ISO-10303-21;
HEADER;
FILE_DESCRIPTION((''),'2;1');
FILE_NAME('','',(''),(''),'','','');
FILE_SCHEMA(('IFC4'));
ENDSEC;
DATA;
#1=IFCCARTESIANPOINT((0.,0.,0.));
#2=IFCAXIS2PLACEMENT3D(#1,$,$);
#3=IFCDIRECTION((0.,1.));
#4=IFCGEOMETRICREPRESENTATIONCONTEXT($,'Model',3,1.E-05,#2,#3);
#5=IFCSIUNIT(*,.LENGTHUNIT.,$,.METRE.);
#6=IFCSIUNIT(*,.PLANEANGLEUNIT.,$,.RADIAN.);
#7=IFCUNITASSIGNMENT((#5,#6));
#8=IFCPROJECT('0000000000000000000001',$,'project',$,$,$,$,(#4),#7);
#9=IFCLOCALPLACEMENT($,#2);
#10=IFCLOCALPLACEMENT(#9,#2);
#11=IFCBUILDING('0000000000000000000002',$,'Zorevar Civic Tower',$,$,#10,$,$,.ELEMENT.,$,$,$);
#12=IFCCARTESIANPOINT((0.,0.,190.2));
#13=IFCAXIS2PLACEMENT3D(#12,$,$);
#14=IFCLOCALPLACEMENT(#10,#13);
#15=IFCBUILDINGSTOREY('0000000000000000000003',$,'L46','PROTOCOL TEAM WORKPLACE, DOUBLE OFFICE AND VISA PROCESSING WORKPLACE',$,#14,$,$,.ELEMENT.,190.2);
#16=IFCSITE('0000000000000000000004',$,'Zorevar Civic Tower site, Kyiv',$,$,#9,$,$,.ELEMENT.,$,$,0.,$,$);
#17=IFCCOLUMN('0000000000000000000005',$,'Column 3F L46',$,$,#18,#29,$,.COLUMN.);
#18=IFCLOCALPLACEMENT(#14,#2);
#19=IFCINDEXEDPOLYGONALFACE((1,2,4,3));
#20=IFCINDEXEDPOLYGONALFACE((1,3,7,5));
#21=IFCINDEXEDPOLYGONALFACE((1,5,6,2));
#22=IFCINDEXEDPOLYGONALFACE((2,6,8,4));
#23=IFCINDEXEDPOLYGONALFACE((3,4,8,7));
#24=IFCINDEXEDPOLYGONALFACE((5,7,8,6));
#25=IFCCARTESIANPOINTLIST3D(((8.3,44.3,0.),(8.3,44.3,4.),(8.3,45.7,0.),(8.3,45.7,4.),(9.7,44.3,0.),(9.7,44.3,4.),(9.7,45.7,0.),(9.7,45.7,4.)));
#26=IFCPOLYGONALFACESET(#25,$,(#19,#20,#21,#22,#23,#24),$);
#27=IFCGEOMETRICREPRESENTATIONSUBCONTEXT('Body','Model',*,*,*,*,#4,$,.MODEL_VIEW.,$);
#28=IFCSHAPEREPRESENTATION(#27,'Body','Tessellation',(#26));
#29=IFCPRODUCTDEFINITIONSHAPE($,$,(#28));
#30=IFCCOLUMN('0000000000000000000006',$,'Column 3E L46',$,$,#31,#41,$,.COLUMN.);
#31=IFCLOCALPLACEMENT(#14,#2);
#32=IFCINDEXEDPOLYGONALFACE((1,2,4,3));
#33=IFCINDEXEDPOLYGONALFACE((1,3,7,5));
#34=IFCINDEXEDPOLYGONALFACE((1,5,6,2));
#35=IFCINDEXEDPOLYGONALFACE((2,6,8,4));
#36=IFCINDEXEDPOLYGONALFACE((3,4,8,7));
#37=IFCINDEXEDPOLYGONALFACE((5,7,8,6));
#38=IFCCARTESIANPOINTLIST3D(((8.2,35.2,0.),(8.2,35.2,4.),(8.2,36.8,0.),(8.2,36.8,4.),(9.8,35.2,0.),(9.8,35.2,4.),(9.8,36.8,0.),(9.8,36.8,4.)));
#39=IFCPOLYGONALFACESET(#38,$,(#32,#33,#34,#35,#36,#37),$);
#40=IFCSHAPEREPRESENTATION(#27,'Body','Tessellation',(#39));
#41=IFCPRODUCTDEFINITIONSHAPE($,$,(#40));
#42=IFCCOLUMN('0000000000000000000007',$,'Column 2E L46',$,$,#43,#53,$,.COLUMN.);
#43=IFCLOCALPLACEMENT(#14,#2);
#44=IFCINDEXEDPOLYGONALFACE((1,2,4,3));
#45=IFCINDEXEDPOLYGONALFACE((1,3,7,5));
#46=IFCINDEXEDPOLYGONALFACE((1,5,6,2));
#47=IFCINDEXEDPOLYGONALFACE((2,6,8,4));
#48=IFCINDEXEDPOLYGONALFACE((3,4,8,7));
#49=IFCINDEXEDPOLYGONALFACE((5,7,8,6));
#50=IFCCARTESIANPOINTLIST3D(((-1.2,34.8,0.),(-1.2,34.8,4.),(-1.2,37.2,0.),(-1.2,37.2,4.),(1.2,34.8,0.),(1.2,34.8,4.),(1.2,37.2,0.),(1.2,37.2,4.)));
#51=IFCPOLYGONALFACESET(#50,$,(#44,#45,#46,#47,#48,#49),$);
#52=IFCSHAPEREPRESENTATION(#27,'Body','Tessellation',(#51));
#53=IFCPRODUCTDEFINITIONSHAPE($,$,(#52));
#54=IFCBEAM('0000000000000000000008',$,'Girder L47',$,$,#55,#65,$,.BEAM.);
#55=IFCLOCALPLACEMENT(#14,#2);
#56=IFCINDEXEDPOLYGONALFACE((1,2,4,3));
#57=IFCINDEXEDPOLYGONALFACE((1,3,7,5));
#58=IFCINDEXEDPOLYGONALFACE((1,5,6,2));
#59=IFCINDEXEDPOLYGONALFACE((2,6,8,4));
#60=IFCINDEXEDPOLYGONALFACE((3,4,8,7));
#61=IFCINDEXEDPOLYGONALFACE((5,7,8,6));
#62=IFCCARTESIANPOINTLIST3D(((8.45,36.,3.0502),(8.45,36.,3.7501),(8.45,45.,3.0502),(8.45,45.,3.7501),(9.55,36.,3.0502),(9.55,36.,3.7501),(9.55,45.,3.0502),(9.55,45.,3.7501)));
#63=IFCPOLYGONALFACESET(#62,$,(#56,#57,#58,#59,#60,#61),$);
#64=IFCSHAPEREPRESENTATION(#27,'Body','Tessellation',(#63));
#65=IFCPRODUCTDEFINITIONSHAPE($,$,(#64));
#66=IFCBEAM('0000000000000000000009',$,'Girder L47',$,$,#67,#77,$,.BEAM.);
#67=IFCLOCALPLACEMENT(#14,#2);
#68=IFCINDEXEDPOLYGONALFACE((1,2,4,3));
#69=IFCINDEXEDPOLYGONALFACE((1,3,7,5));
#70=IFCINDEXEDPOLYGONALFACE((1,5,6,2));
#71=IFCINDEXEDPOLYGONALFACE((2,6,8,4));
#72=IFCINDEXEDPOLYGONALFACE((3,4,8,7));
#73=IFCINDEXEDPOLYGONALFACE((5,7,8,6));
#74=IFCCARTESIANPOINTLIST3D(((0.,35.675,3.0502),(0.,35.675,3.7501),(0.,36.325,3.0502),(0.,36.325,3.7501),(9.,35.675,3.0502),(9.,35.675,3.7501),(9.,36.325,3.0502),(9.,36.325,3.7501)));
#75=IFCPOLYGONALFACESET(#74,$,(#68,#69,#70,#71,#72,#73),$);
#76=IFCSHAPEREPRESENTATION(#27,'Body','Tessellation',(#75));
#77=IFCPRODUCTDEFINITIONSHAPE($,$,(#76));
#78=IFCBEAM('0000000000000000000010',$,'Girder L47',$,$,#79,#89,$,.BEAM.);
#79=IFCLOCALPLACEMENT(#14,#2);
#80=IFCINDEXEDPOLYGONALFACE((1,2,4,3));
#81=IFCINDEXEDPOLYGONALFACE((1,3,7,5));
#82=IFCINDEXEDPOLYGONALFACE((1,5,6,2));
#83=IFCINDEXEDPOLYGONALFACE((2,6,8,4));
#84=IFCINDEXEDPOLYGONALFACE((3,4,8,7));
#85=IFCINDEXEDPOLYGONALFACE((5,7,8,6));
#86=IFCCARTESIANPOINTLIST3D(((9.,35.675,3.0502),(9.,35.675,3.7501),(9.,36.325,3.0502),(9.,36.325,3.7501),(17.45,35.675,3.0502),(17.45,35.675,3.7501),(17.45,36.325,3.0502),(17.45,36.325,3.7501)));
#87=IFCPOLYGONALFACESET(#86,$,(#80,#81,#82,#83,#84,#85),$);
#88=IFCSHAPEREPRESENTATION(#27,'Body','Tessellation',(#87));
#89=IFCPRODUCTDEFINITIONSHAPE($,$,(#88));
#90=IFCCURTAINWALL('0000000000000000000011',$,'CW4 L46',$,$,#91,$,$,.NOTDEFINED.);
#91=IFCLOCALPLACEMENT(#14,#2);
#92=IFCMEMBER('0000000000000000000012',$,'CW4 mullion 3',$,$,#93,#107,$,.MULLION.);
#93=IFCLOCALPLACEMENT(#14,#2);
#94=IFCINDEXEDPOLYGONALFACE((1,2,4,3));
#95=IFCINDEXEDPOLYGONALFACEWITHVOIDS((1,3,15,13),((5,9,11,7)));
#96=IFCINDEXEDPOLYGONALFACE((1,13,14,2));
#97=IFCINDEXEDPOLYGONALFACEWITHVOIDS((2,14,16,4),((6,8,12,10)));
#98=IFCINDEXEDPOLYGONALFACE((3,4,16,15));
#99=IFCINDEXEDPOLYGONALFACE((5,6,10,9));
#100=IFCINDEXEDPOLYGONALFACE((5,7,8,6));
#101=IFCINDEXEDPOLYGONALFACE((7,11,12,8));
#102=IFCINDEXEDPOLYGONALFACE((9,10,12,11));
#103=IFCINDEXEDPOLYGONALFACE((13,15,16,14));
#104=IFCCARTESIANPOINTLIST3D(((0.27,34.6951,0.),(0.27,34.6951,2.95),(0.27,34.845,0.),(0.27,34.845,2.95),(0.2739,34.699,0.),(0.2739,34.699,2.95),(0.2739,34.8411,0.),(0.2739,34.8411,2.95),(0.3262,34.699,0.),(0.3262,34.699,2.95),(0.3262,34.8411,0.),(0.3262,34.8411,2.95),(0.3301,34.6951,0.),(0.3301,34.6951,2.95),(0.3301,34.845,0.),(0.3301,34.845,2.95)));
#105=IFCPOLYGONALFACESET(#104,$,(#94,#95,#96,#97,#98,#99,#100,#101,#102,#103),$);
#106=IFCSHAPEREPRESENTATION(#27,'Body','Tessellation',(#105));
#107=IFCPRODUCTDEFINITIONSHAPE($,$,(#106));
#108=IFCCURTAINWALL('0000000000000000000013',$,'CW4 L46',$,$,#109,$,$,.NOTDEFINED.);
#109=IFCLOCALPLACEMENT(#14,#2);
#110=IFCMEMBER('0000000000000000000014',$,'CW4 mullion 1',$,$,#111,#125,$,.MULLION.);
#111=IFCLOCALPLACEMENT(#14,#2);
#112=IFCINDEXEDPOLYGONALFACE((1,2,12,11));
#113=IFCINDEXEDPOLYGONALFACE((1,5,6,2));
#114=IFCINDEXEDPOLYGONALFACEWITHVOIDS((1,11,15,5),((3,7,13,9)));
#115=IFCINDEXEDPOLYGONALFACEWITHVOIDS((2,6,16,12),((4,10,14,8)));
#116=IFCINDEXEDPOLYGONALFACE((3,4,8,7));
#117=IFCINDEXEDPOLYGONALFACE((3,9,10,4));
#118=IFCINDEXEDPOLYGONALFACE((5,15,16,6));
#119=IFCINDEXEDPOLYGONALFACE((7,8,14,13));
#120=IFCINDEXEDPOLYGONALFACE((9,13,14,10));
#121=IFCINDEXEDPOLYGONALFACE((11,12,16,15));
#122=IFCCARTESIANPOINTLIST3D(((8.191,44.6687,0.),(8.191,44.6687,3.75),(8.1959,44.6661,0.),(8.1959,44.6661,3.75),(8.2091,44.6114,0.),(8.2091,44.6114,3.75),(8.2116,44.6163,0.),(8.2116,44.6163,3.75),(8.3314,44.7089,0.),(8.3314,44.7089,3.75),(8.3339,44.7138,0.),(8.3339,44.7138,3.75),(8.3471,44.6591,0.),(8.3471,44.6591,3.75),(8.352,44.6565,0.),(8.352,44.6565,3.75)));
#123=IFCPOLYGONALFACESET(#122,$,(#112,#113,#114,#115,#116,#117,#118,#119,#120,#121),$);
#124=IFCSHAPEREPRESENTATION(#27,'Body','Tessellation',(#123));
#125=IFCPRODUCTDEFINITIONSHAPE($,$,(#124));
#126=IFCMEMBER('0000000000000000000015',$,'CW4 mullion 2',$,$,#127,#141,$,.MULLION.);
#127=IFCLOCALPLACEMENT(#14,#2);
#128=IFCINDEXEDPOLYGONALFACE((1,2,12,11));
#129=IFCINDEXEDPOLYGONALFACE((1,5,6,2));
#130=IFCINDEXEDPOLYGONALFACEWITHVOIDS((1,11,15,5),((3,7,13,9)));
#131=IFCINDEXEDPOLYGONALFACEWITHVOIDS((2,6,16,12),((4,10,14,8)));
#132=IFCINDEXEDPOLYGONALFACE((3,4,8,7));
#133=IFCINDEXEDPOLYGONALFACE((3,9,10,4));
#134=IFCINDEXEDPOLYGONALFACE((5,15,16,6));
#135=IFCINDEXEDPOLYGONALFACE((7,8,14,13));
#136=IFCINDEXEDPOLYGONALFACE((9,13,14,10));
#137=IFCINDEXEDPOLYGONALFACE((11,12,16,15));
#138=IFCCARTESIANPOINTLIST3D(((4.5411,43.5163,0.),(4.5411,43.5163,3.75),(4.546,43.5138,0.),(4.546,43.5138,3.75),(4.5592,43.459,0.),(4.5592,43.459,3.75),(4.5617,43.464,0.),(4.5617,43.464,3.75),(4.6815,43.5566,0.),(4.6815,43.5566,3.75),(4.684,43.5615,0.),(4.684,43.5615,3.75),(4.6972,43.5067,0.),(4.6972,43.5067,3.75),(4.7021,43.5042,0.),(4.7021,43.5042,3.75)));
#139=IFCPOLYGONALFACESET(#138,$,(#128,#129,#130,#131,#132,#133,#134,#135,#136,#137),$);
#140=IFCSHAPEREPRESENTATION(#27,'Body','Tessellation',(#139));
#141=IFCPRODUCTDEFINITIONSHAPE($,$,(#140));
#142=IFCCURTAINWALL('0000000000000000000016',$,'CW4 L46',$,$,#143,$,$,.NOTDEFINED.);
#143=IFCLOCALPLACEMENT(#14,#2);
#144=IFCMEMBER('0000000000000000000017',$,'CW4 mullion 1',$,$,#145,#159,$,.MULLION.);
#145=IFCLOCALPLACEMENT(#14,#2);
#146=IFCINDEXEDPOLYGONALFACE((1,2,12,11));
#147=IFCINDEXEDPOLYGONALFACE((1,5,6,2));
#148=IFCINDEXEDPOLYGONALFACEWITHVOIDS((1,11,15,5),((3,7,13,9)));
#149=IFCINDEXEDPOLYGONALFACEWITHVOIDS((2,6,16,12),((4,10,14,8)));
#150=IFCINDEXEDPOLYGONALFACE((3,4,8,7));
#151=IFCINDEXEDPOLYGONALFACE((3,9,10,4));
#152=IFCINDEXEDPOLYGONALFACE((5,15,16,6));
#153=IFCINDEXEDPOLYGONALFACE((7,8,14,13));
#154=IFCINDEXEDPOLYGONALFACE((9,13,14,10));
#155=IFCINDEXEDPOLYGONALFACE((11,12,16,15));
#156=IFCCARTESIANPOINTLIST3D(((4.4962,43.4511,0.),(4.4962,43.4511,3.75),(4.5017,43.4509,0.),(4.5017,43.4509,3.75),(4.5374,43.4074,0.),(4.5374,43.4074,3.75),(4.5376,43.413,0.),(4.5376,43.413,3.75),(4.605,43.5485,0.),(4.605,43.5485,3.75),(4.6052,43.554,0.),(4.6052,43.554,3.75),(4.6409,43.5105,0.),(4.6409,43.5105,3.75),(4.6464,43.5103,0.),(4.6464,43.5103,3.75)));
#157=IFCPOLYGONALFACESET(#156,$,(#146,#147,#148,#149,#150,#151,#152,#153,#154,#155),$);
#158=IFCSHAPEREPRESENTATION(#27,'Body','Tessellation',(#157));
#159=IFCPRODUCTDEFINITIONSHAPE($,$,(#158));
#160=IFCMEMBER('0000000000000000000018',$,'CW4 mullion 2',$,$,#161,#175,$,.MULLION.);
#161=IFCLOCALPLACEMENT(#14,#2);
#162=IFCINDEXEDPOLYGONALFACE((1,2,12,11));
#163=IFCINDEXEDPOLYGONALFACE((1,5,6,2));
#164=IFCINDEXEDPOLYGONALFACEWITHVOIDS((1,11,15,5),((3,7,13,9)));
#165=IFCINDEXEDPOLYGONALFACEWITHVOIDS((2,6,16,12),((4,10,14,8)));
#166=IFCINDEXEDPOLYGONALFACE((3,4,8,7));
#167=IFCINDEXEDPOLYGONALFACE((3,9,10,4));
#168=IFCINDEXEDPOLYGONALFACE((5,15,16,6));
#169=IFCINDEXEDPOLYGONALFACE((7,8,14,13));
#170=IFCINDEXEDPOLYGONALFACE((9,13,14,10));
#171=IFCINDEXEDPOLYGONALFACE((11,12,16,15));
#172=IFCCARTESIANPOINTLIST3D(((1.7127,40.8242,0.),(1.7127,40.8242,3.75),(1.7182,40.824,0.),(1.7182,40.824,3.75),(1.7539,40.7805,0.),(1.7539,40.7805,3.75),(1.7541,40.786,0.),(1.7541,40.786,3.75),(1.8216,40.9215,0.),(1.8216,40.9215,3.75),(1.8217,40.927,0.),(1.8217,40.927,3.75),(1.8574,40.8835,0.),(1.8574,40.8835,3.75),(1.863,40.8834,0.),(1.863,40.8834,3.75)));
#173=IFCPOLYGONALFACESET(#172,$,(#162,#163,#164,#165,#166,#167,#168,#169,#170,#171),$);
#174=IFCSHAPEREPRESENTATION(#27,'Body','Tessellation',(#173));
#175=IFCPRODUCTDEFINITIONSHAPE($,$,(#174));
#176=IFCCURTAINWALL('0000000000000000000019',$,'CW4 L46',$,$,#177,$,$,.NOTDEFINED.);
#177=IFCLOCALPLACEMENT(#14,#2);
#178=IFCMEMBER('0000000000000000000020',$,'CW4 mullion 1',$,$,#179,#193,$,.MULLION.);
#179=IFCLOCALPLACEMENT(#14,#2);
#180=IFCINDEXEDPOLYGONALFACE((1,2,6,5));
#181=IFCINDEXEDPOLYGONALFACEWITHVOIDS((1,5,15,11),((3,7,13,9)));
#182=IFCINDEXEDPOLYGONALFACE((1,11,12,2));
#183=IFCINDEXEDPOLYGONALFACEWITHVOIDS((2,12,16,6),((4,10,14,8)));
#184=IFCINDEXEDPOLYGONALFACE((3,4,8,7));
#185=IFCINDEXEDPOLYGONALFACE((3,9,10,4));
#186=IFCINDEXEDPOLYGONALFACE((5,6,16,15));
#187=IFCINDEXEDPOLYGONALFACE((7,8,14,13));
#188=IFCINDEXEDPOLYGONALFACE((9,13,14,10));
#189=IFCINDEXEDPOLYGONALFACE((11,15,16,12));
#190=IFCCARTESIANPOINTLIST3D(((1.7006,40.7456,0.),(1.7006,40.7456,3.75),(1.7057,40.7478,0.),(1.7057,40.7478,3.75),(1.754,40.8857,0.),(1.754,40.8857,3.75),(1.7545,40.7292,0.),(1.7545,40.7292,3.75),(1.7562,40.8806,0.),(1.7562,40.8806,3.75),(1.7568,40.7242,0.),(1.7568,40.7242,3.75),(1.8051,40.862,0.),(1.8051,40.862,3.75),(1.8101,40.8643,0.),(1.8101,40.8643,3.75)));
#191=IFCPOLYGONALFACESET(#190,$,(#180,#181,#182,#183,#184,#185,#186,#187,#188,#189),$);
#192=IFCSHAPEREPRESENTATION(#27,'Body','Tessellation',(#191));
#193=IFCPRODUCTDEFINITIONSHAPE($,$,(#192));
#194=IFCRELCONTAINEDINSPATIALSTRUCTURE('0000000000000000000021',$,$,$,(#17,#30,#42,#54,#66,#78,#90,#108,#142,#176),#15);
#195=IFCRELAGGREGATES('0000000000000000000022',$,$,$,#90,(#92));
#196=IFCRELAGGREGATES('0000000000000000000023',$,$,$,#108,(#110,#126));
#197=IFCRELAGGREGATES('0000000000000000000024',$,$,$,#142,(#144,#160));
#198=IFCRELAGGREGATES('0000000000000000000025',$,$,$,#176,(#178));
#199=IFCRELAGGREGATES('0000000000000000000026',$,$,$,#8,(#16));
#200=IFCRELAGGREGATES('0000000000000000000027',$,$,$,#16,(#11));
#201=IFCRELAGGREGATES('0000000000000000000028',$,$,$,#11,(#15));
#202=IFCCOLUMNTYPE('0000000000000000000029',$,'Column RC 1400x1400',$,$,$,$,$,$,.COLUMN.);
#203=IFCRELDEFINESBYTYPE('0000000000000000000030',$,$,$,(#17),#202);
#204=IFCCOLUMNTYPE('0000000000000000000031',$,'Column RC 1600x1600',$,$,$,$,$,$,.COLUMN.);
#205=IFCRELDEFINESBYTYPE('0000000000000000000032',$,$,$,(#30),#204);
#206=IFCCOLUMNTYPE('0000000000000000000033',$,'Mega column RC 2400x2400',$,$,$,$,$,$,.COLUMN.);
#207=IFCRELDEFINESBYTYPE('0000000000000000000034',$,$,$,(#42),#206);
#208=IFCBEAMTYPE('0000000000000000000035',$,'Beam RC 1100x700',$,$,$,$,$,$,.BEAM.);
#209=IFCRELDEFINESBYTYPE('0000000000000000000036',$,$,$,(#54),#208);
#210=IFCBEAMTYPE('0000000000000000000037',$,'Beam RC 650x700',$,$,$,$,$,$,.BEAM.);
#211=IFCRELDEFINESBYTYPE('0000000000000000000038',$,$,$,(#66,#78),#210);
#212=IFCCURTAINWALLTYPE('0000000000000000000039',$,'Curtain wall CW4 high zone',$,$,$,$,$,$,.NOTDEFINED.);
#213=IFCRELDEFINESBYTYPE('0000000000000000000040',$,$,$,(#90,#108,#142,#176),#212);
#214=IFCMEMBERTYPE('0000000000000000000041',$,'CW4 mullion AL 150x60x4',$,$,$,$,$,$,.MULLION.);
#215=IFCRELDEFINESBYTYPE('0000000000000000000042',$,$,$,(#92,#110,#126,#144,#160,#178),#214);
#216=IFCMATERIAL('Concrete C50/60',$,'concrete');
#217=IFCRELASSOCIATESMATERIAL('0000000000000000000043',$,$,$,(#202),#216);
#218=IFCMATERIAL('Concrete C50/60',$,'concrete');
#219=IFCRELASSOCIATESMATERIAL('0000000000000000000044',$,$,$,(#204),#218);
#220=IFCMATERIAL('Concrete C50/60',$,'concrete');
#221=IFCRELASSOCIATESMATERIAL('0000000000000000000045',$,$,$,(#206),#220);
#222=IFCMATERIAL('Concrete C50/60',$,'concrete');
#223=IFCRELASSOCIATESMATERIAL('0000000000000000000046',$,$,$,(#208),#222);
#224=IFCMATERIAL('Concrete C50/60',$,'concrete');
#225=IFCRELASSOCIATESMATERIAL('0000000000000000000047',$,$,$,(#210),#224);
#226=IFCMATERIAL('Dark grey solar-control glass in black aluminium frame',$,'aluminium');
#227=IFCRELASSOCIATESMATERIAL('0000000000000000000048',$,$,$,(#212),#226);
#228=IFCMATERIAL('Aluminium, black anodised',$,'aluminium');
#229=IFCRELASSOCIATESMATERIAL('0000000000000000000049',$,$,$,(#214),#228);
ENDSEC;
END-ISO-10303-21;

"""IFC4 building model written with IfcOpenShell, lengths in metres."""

from ifc_helpers import new_model, si_unit, direction, frame, origin, origin_2d, place, context, subcontext, project, spatial, rectangle, hollow_rectangle, extrude, material, material_profile, profile_set, type_object, element, aggregate, save


model = new_model("IFC4")

# Units and contexts
model_context = context("Model", 3, precision=1e-05, world=origin(), true_north=direction((0.0, 1.0)))
body_context = subcontext(model_context, "Body", "Model", "MODEL_VIEW")
ifc_project = project(units=[si_unit("LENGTHUNIT", "METRE"), si_unit("PLANEANGLEUNIT", "RADIAN")], contexts=[model_context])

# Site, building, storey
site_placement = place(None, origin())
site = spatial("IfcSite", under=ifc_project, at=site_placement, Name="Zorevar Civic Tower site, Kyiv", CompositionType="ELEMENT", RefElevation=0.0)
building_placement = place(site_placement, origin())
building = spatial("IfcBuilding", under=site, at=building_placement, Name="Zorevar Civic Tower", CompositionType="ELEMENT")
storey_placement = place(building_placement, frame((0.0, 0.0, 190.2)))
storey = spatial("IfcBuildingStorey", under=building, at=storey_placement, Name="L46", Description="PROTOCOL TEAM WORKPLACE, DOUBLE OFFICE AND VISA PROCESSING WORKPLACE", CompositionType="ELEMENT", Elevation=190.2)

# Columns
ifc_material_1 = material(Name="Concrete C50/60", Category="concrete")
ifc_material_profile_1 = material_profile(ifc_material_1, rectangle(XDim=1.3999, YDim=1.3999, at=origin_2d()), Name="RC 1400x1400")
ifc_profile_set_1 = profile_set([ifc_material_profile_1], Name="Concrete C50/60")
column_type_1 = type_object("IfcColumnType", Name="Column RC 1400x1400", PredefinedType="COLUMN", material=ifc_profile_set_1)
column_1_placement = place(storey_placement, frame((9.0, 45.0, 0.0), z_axis=(0.0, 0.0, 1.0), x_axis=(1.0, 0.0, 0.0)))
element("IfcColumn", 1, at=column_1_placement, inside=storey, type_object=column_type_1, Name="Column 3F L46", PredefinedType="COLUMN", context=body_context, shape_type="SweptSolid", body=[
    extrude(rectangle(XDim=1.3999, YDim=1.3999, at=origin_2d()), origin(), (0.0, 0.0, 1.0), 4.0),
])
ifc_material_2 = material(Name="Concrete C50/60", Category="concrete")
ifc_material_profile_2 = material_profile(ifc_material_2, rectangle(XDim=1.6001, YDim=1.6001, at=origin_2d()), Name="RC 1600x1600")
ifc_profile_set_2 = profile_set([ifc_material_profile_2], Name="Concrete C50/60")
column_type_2 = type_object("IfcColumnType", Name="Column RC 1600x1600", PredefinedType="COLUMN", material=ifc_profile_set_2)
column_2_placement = place(storey_placement, frame((9.0, 36.0, 0.0), z_axis=(0.0, 0.0, 1.0), x_axis=(1.0, 0.0, 0.0)))
element("IfcColumn", 2, at=column_2_placement, inside=storey, type_object=column_type_2, Name="Column 3E L46", PredefinedType="COLUMN", context=body_context, shape_type="SweptSolid", body=[
    extrude(rectangle(XDim=1.6001, YDim=1.6001, at=origin_2d()), origin(), (0.0, 0.0, 1.0), 4.0),
])
ifc_material_3 = material(Name="Concrete C50/60", Category="concrete")
ifc_material_profile_3 = material_profile(ifc_material_3, rectangle(XDim=2.3999, YDim=2.3999, at=origin_2d()), Name="RC 2400x2400")
ifc_profile_set_3 = profile_set([ifc_material_profile_3], Name="Concrete C50/60")
column_type_3 = type_object("IfcColumnType", Name="Mega column RC 2400x2400", PredefinedType="COLUMN", material=ifc_profile_set_3)
column_3_placement = place(storey_placement, frame((0.0, 36.0, 0.0), z_axis=(0.0, 0.0, 1.0), x_axis=(1.0, 0.0, 0.0)))
element("IfcColumn", 3, at=column_3_placement, inside=storey, type_object=column_type_3, Name="Column 2E L46", PredefinedType="COLUMN", context=body_context, shape_type="SweptSolid", body=[
    extrude(rectangle(XDim=2.3999, YDim=2.3999, at=origin_2d()), origin(), (0.0, 0.0, 1.0), 4.0),
])

# Beams
ifc_material_4 = material(Name="Concrete C50/60", Category="concrete")
ifc_material_profile_4 = material_profile(ifc_material_4, rectangle(XDim=1.1001, YDim=0.7, at=origin_2d()), Name="RC 1100x700")
ifc_profile_set_4 = profile_set([ifc_material_profile_4], Name="Concrete C50/60")
beam_type_1 = type_object("IfcBeamType", Name="Beam RC 1100x700", PredefinedType="BEAM", material=ifc_profile_set_4)
beam_1_placement = place(storey_placement, frame((9.0, 36.0, 3.4001), z_axis=(0.0, 1.0, 0.0), x_axis=(-1.0, 0.0, 0.0)))
element("IfcBeam", 4, at=beam_1_placement, inside=storey, type_object=beam_type_1, Name="Girder L47", PredefinedType="BEAM", context=body_context, shape_type="SweptSolid", body=[
    extrude(rectangle(XDim=1.1001, YDim=0.7, at=origin_2d()), origin(), (0.0, 0.0, 1.0), 9.0),
])
ifc_material_5 = material(Name="Concrete C50/60", Category="concrete")
ifc_material_profile_5 = material_profile(ifc_material_5, rectangle(XDim=0.6499, YDim=0.7, at=origin_2d()), Name="RC 650x700")
ifc_profile_set_5 = profile_set([ifc_material_profile_5], Name="Concrete C50/60")
beam_type_2 = type_object("IfcBeamType", Name="Beam RC 650x700", PredefinedType="BEAM", material=ifc_profile_set_5)
beam_2_placement = place(storey_placement, frame((0.0, 36.0, 3.4001), z_axis=(1.0, 0.0, 0.0), x_axis=(0.0, 1.0, 0.0)))
element("IfcBeam", 5, at=beam_2_placement, inside=storey, type_object=beam_type_2, Name="Girder L47", PredefinedType="BEAM", context=body_context, shape_type="SweptSolid", body=[
    extrude(rectangle(XDim=0.6499, YDim=0.7, at=origin_2d()), origin(), (0.0, 0.0, 1.0), 9.0),
])
beam_3_placement = place(storey_placement, frame((9.0, 36.0, 3.4001), z_axis=(1.0, 0.0, 0.0), x_axis=(0.0, 1.0, 0.0)))
element("IfcBeam", 6, at=beam_3_placement, inside=storey, type_object=beam_type_2, Name="Girder L47", PredefinedType="BEAM", context=body_context, shape_type="SweptSolid", body=[
    extrude(rectangle(XDim=0.6499, YDim=0.7, at=origin_2d()), origin(), (0.0, 0.0, 1.0), 8.45),
])

# Curtain wall, member
ifc_material_6 = material(Name="Dark grey solar-control glass in black aluminium frame", Category="aluminium")
curtain_wall_type = type_object("IfcCurtainWallType", Name="Curtain wall CW4 high zone", PredefinedType="NOTDEFINED", material=ifc_material_6)
curtain_wall_1_placement = place(storey_placement, origin())
curtain_wall_1 = element("IfcCurtainWall", 7, at=curtain_wall_1_placement, inside=storey, type_object=curtain_wall_type, Name="CW4 L46", PredefinedType="NOTDEFINED")
ifc_material_7 = material(Name="Aluminium, black anodised", Category="aluminium")
ifc_material_profile_6 = material_profile(ifc_material_7, hollow_rectangle(XDim=0.0601, YDim=0.1499, WallThickness=0.0039, at=origin_2d()), Name="AL 150x60x4")
ifc_profile_set_6 = profile_set([ifc_material_profile_6], Name="Aluminium, black anodised")
member_type_1 = type_object("IfcMemberType", Name="CW4 mullion AL 150x60x4", PredefinedType="MULLION", material=ifc_profile_set_6)
member_1_placement = place(storey_placement, frame((0.3, 34.77, 0.0), z_axis=(0.0, 0.0, 1.0), x_axis=(-1.0, 0.0, 0.0)))
member_1 = element("IfcMember", 8, at=member_1_placement, type_object=member_type_1, Name="CW4 mullion 3", PredefinedType="MULLION", context=body_context, shape_type="SweptSolid", body=[
    extrude(hollow_rectangle(XDim=0.0601, YDim=0.1499, WallThickness=0.0039, at=origin_2d()), origin(), (0.0, 0.0, 1.0), 2.95),
])

# Curtain walls, members
curtain_wall_2_placement = place(storey_placement, origin())
curtain_wall_2 = element("IfcCurtainWall", 9, at=curtain_wall_2_placement, inside=storey, type_object=curtain_wall_type, Name="CW4 L46", PredefinedType="NOTDEFINED")
member_2_placement = place(storey_placement, frame((8.2715, 44.6626, 0.0), z_axis=(0.0, 0.0, 1.0), x_axis=(0.301108, -0.95359, 0.0)))
member_2 = element("IfcMember", 10, at=member_2_placement, type_object=member_type_1, Name="CW4 mullion 1", PredefinedType="MULLION", context=body_context, shape_type="SweptSolid", body=[
    extrude(hollow_rectangle(XDim=0.0601, YDim=0.1499, WallThickness=0.0039, at=origin_2d()), origin(), (0.0, 0.0, 1.0), 3.75),
])
member_3_placement = place(storey_placement, frame((4.6216, 43.5103, 0.0), z_axis=(0.0, 0.0, 1.0), x_axis=(0.301108, -0.95359, 0.0)))
member_3 = element("IfcMember", 11, at=member_3_placement, type_object=member_type_1, Name="CW4 mullion 2", PredefinedType="MULLION", context=body_context, shape_type="SweptSolid", body=[
    extrude(hollow_rectangle(XDim=0.0601, YDim=0.1499, WallThickness=0.0039, at=origin_2d()), origin(), (0.0, 0.0, 1.0), 3.75),
])
curtain_wall_3_placement = place(storey_placement, origin())
curtain_wall_3 = element("IfcCurtainWall", 12, at=curtain_wall_3_placement, inside=storey, type_object=curtain_wall_type, Name="CW4 L46", PredefinedType="NOTDEFINED")
member_4_placement = place(storey_placement, frame((4.5713, 43.4807, 0.0), z_axis=(0.0, 0.0, 1.0), x_axis=(0.686378, -0.727245, 0.0)))
member_4 = element("IfcMember", 13, at=member_4_placement, type_object=member_type_1, Name="CW4 mullion 1", PredefinedType="MULLION", context=body_context, shape_type="SweptSolid", body=[
    extrude(hollow_rectangle(XDim=0.0601, YDim=0.1499, WallThickness=0.0039, at=origin_2d()), origin(), (0.0, 0.0, 1.0), 3.75),
])
member_5_placement = place(storey_placement, frame((1.7878, 40.8538, 0.0), z_axis=(0.0, 0.0, 1.0), x_axis=(0.686378, -0.727245, 0.0)))
member_5 = element("IfcMember", 14, at=member_5_placement, type_object=member_type_1, Name="CW4 mullion 2", PredefinedType="MULLION", context=body_context, shape_type="SweptSolid", body=[
    extrude(hollow_rectangle(XDim=0.0601, YDim=0.1499, WallThickness=0.0039, at=origin_2d()), origin(), (0.0, 0.0, 1.0), 3.75),
])
curtain_wall_4_placement = place(storey_placement, origin())
curtain_wall_4 = element("IfcCurtainWall", 15, at=curtain_wall_4_placement, inside=storey, type_object=curtain_wall_type, Name="CW4 L46", PredefinedType="NOTDEFINED")
member_6_placement = place(storey_placement, frame((1.7554, 40.8049, 0.0), z_axis=(0.0, 0.0, 1.0), x_axis=(0.934588, -0.355731, 0.0)))
member_6 = element("IfcMember", 16, at=member_6_placement, type_object=member_type_1, Name="CW4 mullion 1", PredefinedType="MULLION", context=body_context, shape_type="SweptSolid", body=[
    extrude(hollow_rectangle(XDim=0.0601, YDim=0.1499, WallThickness=0.0039, at=origin_2d()), origin(), (0.0, 0.0, 1.0), 3.75),
])

aggregate(curtain_wall_1, [member_1])
aggregate(curtain_wall_2, [member_2, member_3])
aggregate(curtain_wall_3, [member_4, member_5])
aggregate(curtain_wall_4, [member_6])

save(model, "model.ifc")
